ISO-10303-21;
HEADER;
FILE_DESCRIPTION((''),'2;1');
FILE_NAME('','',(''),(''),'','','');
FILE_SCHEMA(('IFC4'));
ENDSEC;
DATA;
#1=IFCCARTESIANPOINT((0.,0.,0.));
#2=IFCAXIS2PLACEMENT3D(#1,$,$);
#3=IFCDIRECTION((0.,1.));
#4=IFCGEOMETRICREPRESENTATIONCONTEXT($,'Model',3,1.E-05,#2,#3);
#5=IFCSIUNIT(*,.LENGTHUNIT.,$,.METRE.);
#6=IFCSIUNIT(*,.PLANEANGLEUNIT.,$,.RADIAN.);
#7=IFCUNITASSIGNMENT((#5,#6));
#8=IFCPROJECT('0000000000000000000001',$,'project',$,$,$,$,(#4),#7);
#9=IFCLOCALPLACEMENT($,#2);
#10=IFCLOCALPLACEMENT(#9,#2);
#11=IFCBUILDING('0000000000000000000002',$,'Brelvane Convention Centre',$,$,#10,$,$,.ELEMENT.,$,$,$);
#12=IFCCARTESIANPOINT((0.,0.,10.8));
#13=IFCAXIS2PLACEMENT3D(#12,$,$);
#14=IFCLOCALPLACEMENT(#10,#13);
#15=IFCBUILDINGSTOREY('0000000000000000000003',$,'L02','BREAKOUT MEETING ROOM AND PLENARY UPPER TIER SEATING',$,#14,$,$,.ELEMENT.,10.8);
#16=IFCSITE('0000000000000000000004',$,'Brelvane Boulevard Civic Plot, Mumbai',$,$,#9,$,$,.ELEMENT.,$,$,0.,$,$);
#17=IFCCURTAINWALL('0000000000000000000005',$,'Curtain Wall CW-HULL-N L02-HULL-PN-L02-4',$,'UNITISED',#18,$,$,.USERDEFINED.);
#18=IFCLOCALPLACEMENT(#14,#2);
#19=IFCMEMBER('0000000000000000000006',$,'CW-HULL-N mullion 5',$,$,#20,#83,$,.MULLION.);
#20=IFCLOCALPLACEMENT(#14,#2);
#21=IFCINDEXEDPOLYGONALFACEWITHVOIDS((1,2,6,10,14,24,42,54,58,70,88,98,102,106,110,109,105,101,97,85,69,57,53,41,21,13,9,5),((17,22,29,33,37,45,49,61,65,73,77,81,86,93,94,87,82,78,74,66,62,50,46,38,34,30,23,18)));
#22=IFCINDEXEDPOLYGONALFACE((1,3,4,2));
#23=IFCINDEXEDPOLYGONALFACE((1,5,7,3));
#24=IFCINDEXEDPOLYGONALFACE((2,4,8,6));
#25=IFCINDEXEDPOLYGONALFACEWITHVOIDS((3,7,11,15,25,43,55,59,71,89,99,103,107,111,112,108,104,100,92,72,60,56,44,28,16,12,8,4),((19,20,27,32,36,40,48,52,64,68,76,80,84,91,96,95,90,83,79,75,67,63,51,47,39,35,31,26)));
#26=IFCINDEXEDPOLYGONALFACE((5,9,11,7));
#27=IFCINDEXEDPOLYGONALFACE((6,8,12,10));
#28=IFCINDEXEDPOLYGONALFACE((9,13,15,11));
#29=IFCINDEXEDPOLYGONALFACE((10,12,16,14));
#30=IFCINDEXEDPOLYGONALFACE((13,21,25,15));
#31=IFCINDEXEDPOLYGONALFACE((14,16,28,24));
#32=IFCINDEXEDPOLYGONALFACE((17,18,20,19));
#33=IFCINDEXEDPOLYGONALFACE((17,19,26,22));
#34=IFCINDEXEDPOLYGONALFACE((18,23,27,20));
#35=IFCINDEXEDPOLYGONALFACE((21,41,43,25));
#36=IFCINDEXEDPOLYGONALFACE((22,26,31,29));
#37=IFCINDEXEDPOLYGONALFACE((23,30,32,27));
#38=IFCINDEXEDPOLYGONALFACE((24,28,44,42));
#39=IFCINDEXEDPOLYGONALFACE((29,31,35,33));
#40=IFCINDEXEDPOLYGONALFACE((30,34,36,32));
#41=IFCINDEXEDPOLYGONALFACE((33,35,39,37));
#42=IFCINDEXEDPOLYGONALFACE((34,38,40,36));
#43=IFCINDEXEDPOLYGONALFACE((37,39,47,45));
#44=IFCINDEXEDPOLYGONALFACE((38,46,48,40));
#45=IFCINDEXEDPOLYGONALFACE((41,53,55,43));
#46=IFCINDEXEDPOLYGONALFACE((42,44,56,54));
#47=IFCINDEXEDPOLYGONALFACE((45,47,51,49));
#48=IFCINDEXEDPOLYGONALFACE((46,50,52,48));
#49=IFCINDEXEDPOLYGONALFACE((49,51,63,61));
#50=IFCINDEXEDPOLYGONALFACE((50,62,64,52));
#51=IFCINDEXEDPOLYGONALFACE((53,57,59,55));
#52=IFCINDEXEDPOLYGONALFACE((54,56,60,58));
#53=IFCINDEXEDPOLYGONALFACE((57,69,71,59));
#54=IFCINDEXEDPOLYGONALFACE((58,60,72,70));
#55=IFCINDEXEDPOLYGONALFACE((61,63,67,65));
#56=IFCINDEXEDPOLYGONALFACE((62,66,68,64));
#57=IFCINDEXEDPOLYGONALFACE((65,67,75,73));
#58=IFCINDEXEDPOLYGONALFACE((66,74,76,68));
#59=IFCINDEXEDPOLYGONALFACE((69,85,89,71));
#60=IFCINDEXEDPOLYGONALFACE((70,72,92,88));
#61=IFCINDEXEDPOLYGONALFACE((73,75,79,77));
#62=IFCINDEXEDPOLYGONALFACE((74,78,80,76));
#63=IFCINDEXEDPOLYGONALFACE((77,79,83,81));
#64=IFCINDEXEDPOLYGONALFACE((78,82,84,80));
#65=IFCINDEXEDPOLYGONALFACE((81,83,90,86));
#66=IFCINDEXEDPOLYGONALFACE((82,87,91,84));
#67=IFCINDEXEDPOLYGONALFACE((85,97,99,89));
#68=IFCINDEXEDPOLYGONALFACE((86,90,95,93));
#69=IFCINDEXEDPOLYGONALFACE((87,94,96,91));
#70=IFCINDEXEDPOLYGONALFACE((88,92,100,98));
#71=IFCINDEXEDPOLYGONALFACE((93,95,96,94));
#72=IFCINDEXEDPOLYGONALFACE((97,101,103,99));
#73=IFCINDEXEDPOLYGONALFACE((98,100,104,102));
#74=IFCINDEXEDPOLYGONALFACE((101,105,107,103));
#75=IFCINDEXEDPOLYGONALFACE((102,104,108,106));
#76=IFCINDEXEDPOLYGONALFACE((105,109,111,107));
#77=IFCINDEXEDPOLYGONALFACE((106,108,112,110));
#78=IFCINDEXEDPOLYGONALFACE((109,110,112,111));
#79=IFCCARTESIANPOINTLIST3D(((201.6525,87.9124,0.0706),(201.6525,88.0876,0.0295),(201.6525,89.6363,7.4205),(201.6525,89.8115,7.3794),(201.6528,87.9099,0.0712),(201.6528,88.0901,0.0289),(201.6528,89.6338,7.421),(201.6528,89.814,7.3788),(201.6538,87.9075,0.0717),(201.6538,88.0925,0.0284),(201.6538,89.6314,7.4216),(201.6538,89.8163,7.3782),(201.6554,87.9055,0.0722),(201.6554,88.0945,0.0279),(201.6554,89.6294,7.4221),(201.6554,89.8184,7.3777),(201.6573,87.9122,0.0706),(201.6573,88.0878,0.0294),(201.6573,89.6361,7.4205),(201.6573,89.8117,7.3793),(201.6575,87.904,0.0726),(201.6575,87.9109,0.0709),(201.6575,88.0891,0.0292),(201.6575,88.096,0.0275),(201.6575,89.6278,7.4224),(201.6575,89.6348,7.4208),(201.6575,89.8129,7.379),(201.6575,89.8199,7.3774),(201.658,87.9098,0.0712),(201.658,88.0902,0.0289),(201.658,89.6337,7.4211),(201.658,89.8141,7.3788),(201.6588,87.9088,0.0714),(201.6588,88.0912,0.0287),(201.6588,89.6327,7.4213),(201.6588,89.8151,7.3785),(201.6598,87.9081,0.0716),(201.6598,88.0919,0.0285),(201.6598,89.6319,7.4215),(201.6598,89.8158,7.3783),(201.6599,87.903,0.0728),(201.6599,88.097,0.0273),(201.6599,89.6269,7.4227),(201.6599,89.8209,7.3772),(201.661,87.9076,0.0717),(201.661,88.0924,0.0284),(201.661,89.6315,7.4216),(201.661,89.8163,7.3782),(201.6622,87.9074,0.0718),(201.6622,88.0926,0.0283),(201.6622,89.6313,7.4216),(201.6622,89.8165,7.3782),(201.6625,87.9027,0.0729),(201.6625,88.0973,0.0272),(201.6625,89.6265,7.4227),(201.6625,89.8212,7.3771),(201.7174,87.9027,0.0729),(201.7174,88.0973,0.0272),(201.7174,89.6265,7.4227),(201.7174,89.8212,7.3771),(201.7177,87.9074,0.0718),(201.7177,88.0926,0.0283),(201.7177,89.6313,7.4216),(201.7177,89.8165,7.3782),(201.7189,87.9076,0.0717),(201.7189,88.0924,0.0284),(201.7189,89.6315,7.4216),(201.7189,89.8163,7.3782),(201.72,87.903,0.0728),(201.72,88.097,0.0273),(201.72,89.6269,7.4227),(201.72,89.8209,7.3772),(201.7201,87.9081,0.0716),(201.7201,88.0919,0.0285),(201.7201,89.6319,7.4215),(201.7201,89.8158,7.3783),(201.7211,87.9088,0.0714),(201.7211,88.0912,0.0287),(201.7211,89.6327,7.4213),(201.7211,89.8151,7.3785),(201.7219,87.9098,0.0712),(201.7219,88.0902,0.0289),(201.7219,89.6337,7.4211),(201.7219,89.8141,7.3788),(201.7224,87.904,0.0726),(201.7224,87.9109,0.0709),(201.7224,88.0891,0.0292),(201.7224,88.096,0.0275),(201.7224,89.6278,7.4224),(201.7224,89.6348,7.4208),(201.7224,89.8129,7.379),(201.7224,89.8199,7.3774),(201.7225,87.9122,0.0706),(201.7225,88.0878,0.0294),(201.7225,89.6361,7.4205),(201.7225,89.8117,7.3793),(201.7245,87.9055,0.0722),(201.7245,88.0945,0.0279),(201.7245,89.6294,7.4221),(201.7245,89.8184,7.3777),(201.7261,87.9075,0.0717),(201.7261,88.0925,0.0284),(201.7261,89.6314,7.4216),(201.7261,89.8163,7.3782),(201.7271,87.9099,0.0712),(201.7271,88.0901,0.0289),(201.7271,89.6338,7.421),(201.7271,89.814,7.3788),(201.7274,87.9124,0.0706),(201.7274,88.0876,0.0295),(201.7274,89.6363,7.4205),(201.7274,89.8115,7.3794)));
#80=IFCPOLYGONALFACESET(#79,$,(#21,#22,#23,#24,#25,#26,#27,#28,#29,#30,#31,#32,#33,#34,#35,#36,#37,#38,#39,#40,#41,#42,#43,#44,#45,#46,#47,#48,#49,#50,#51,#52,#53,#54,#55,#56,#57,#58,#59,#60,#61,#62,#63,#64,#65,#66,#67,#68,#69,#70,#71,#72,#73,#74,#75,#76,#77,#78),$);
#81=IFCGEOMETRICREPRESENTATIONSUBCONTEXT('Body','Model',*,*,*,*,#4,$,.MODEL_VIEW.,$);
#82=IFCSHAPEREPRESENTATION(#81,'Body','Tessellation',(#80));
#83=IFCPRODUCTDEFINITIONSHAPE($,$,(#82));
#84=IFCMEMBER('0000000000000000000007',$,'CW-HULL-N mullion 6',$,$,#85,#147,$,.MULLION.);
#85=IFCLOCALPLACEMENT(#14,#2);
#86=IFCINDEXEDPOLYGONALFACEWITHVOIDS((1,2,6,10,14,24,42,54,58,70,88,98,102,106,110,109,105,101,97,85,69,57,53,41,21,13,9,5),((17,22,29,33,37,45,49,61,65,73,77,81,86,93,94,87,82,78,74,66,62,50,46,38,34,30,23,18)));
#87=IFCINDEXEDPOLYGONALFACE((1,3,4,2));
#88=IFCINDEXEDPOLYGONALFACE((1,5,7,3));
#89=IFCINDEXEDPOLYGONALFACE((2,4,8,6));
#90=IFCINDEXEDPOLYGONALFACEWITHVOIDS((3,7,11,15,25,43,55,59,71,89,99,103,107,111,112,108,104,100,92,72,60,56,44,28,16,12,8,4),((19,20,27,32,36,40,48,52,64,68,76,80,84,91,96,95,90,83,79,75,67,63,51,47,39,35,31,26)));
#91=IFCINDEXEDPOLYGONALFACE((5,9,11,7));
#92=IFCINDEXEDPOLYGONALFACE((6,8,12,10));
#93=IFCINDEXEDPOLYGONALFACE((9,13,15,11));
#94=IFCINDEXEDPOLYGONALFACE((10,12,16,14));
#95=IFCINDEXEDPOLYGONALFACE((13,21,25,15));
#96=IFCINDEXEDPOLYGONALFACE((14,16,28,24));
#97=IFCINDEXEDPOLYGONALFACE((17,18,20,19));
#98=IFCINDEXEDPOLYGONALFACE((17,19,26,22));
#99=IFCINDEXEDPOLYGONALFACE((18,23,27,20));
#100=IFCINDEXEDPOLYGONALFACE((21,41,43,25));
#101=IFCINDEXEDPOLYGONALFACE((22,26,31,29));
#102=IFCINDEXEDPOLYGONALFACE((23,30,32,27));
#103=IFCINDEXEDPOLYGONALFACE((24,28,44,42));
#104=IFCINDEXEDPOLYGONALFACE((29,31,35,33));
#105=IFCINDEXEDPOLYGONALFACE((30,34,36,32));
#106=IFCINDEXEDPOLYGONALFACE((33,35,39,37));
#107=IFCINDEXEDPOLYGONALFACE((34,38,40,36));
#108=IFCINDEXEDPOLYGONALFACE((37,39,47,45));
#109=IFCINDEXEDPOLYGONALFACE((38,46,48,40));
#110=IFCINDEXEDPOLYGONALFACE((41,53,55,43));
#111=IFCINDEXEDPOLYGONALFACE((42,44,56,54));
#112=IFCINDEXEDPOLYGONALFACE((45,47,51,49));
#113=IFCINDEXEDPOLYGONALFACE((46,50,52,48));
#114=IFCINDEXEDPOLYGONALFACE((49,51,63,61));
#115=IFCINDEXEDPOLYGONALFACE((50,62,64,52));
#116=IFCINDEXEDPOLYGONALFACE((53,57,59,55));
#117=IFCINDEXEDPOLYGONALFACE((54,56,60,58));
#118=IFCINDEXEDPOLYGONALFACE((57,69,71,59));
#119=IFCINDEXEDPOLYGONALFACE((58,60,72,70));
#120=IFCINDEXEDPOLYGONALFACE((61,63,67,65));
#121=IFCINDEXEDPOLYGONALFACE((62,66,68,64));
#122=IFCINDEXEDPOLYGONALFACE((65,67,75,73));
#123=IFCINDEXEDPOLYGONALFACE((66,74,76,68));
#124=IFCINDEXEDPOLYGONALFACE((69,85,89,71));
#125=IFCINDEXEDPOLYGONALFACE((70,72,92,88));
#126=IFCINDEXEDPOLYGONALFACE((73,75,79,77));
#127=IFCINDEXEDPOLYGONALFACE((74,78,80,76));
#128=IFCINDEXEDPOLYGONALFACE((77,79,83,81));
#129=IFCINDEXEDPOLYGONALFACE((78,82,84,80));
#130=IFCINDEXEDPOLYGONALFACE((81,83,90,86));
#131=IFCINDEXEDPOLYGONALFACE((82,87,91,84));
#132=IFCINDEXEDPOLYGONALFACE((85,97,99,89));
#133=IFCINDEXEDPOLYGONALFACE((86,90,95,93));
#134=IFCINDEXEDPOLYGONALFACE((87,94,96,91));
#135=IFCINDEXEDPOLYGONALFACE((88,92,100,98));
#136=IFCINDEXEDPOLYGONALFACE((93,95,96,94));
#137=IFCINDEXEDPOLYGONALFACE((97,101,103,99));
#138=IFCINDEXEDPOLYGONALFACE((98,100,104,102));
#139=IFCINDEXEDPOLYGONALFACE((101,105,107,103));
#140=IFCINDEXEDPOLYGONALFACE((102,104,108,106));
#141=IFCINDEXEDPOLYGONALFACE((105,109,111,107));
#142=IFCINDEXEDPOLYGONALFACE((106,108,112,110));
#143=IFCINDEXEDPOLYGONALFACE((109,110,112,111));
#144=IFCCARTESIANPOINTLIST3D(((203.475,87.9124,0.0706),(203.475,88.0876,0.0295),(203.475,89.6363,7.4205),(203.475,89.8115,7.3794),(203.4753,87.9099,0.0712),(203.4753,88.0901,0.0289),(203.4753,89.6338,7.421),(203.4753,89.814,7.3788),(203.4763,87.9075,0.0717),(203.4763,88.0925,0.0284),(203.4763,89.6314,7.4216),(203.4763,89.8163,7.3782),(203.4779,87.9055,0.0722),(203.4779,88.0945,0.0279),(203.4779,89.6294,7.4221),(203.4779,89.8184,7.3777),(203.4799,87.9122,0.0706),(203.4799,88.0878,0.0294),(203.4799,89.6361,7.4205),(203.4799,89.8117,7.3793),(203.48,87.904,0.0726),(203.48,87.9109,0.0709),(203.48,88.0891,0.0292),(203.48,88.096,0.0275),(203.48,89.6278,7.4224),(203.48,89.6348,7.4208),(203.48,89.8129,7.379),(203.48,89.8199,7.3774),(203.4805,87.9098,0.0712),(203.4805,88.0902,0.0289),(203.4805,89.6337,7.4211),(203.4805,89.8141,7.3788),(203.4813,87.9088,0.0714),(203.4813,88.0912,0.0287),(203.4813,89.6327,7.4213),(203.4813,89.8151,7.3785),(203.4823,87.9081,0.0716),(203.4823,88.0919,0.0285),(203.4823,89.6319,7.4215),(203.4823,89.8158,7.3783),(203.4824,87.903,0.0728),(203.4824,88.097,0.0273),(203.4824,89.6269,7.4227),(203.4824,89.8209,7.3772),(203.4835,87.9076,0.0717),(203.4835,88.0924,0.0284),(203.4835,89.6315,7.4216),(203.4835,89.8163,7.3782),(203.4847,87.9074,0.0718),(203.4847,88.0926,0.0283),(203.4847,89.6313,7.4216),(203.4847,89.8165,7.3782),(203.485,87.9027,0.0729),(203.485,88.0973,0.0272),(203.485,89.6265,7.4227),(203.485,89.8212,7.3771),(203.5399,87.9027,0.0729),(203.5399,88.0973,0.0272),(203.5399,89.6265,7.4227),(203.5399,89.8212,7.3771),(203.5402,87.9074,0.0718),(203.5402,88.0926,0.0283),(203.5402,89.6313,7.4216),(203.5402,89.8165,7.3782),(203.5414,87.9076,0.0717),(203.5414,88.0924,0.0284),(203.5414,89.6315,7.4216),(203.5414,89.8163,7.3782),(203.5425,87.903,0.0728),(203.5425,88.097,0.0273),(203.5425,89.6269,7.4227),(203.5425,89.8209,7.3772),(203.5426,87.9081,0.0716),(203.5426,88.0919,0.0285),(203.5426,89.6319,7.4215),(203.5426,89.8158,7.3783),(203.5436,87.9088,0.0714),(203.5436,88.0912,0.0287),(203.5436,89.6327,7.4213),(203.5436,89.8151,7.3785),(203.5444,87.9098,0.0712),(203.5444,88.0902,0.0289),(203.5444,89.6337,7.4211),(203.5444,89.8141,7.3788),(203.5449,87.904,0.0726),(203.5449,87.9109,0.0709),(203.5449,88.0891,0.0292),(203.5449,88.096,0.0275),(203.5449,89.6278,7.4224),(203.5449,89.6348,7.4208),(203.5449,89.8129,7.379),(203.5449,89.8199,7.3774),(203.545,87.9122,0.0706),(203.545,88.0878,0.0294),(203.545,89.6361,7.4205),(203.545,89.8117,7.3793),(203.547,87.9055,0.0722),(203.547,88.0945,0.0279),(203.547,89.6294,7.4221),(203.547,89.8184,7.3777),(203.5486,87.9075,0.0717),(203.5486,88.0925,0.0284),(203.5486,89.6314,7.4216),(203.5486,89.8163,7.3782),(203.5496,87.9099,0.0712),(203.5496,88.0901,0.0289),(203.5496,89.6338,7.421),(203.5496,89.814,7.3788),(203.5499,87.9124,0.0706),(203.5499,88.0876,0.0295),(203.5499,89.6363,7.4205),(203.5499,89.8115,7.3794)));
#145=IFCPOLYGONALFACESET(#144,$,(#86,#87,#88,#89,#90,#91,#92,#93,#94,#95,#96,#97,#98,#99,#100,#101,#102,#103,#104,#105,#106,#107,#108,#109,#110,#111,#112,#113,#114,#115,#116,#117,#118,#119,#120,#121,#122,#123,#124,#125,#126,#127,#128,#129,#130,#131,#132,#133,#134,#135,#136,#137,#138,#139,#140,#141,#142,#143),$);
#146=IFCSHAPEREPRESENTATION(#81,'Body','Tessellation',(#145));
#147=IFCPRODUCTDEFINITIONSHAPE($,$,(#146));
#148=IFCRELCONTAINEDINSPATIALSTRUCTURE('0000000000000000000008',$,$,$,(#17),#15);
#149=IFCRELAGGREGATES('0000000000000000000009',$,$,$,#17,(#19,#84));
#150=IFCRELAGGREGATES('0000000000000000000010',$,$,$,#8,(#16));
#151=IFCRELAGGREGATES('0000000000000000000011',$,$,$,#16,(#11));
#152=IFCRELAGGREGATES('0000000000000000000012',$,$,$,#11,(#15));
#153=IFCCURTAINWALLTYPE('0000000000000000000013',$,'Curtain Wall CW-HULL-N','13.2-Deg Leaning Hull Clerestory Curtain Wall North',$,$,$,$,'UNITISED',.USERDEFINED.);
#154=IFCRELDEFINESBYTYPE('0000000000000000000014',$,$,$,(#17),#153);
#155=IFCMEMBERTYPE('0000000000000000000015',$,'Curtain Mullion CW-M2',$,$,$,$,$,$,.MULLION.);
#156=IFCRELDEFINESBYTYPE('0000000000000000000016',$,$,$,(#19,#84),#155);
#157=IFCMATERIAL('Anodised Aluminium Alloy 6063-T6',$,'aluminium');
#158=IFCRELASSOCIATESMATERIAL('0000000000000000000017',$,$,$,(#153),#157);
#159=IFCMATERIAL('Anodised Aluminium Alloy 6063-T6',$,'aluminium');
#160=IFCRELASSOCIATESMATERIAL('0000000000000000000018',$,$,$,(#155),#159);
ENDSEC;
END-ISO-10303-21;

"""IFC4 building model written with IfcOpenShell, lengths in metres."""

from ifc_helpers import new_model, si_unit, direction, frame, origin, origin_2d, place, context, subcontext, project, spatial, hollow_rectangle, extrude, material, material_profile, profile_set, type_object, element, aggregate, save


model = new_model("IFC4")

# Units and contexts
model_context = context("Model", 3, precision=1e-05, world=origin(), true_north=direction((0.0, 1.0)))
body_context = subcontext(model_context, "Body", "Model", "MODEL_VIEW")
ifc_project = project(units=[si_unit("LENGTHUNIT", "METRE"), si_unit("PLANEANGLEUNIT", "RADIAN")], contexts=[model_context])

# Site, building, storey
site_placement = place(None, origin())
site = spatial("IfcSite", under=ifc_project, at=site_placement, Name="Brelvane Boulevard Civic Plot, Mumbai", CompositionType="ELEMENT", RefElevation=0.0)
building_placement = place(site_placement, origin())
building = spatial("IfcBuilding", under=site, at=building_placement, Name="Brelvane Convention Centre", CompositionType="ELEMENT")
storey_placement = place(building_placement, frame((0.0, 0.0, 10.8)))
storey = spatial("IfcBuildingStorey", under=building, at=storey_placement, Name="L02", Description="BREAKOUT MEETING ROOM AND PLENARY UPPER TIER SEATING", CompositionType="ELEMENT", Elevation=10.8)

# Curtain wall, members
ifc_material_1 = material(Name="Anodised Aluminium Alloy 6063-T6", Category="aluminium")
curtain_wall_type = type_object("IfcCurtainWallType", Name="Curtain Wall CW-HULL-N", Description="13.2-Deg Leaning Hull Clerestory Curtain Wall North", ElementType="UNITISED", PredefinedType="USERDEFINED", material=ifc_material_1)
curtain_wall_1_placement = place(storey_placement, origin())
curtain_wall_1 = element("IfcCurtainWall", 1, at=curtain_wall_1_placement, inside=storey, type_object=curtain_wall_type, Name="Curtain Wall CW-HULL-N L02-HULL-PN-L02-4", ObjectType="UNITISED", PredefinedType="USERDEFINED")
ifc_material_2 = material(Name="Anodised Aluminium Alloy 6063-T6", Category="aluminium")
ifc_material_profile_1 = material_profile(ifc_material_2, hollow_rectangle(XDim=0.075, YDim=0.2, WallThickness=0.0049, InnerFilletRadius=0.0049, OuterFilletRadius=0.01, at=origin_2d()), Name="ALU-M 200x75x5.0")
ifc_profile_set_1 = profile_set([ifc_material_profile_1], Name="Anodised Aluminium Alloy 6063-T6")
member_type_1 = type_object("IfcMemberType", Name="Curtain Mullion CW-M2", PredefinedType="MULLION", material=ifc_profile_set_1)
member_1_placement = place(storey_placement, frame((201.6899, 88.0, 0.05), z_axis=(0.0, 0.228349, 0.973579), x_axis=(-1.0, 0.0, 0.0)))
member_1 = element("IfcMember", 2, at=member_1_placement, type_object=member_type_1, Name="CW-HULL-N mullion 5", PredefinedType="MULLION", context=body_context, shape_type="SweptSolid", body=[
    extrude(hollow_rectangle(XDim=0.075, YDim=0.2, WallThickness=0.0049, InnerFilletRadius=0.0049, OuterFilletRadius=0.01, at=origin_2d()), origin(), (0.0, 0.0, 1.0), 7.5493),
])
member_2_placement = place(storey_placement, frame((203.5125, 88.0, 0.05), z_axis=(0.0, 0.228349, 0.973579), x_axis=(-1.0, 0.0, 0.0)))
member_2 = element("IfcMember", 3, at=member_2_placement, type_object=member_type_1, Name="CW-HULL-N mullion 6", PredefinedType="MULLION", context=body_context, shape_type="SweptSolid", body=[
    extrude(hollow_rectangle(XDim=0.075, YDim=0.2, WallThickness=0.0049, InnerFilletRadius=0.0049, OuterFilletRadius=0.01, at=origin_2d()), origin(), (0.0, 0.0, 1.0), 7.5493),
])

aggregate(curtain_wall_1, [member_1, member_2])

save(model, "model.ifc")
